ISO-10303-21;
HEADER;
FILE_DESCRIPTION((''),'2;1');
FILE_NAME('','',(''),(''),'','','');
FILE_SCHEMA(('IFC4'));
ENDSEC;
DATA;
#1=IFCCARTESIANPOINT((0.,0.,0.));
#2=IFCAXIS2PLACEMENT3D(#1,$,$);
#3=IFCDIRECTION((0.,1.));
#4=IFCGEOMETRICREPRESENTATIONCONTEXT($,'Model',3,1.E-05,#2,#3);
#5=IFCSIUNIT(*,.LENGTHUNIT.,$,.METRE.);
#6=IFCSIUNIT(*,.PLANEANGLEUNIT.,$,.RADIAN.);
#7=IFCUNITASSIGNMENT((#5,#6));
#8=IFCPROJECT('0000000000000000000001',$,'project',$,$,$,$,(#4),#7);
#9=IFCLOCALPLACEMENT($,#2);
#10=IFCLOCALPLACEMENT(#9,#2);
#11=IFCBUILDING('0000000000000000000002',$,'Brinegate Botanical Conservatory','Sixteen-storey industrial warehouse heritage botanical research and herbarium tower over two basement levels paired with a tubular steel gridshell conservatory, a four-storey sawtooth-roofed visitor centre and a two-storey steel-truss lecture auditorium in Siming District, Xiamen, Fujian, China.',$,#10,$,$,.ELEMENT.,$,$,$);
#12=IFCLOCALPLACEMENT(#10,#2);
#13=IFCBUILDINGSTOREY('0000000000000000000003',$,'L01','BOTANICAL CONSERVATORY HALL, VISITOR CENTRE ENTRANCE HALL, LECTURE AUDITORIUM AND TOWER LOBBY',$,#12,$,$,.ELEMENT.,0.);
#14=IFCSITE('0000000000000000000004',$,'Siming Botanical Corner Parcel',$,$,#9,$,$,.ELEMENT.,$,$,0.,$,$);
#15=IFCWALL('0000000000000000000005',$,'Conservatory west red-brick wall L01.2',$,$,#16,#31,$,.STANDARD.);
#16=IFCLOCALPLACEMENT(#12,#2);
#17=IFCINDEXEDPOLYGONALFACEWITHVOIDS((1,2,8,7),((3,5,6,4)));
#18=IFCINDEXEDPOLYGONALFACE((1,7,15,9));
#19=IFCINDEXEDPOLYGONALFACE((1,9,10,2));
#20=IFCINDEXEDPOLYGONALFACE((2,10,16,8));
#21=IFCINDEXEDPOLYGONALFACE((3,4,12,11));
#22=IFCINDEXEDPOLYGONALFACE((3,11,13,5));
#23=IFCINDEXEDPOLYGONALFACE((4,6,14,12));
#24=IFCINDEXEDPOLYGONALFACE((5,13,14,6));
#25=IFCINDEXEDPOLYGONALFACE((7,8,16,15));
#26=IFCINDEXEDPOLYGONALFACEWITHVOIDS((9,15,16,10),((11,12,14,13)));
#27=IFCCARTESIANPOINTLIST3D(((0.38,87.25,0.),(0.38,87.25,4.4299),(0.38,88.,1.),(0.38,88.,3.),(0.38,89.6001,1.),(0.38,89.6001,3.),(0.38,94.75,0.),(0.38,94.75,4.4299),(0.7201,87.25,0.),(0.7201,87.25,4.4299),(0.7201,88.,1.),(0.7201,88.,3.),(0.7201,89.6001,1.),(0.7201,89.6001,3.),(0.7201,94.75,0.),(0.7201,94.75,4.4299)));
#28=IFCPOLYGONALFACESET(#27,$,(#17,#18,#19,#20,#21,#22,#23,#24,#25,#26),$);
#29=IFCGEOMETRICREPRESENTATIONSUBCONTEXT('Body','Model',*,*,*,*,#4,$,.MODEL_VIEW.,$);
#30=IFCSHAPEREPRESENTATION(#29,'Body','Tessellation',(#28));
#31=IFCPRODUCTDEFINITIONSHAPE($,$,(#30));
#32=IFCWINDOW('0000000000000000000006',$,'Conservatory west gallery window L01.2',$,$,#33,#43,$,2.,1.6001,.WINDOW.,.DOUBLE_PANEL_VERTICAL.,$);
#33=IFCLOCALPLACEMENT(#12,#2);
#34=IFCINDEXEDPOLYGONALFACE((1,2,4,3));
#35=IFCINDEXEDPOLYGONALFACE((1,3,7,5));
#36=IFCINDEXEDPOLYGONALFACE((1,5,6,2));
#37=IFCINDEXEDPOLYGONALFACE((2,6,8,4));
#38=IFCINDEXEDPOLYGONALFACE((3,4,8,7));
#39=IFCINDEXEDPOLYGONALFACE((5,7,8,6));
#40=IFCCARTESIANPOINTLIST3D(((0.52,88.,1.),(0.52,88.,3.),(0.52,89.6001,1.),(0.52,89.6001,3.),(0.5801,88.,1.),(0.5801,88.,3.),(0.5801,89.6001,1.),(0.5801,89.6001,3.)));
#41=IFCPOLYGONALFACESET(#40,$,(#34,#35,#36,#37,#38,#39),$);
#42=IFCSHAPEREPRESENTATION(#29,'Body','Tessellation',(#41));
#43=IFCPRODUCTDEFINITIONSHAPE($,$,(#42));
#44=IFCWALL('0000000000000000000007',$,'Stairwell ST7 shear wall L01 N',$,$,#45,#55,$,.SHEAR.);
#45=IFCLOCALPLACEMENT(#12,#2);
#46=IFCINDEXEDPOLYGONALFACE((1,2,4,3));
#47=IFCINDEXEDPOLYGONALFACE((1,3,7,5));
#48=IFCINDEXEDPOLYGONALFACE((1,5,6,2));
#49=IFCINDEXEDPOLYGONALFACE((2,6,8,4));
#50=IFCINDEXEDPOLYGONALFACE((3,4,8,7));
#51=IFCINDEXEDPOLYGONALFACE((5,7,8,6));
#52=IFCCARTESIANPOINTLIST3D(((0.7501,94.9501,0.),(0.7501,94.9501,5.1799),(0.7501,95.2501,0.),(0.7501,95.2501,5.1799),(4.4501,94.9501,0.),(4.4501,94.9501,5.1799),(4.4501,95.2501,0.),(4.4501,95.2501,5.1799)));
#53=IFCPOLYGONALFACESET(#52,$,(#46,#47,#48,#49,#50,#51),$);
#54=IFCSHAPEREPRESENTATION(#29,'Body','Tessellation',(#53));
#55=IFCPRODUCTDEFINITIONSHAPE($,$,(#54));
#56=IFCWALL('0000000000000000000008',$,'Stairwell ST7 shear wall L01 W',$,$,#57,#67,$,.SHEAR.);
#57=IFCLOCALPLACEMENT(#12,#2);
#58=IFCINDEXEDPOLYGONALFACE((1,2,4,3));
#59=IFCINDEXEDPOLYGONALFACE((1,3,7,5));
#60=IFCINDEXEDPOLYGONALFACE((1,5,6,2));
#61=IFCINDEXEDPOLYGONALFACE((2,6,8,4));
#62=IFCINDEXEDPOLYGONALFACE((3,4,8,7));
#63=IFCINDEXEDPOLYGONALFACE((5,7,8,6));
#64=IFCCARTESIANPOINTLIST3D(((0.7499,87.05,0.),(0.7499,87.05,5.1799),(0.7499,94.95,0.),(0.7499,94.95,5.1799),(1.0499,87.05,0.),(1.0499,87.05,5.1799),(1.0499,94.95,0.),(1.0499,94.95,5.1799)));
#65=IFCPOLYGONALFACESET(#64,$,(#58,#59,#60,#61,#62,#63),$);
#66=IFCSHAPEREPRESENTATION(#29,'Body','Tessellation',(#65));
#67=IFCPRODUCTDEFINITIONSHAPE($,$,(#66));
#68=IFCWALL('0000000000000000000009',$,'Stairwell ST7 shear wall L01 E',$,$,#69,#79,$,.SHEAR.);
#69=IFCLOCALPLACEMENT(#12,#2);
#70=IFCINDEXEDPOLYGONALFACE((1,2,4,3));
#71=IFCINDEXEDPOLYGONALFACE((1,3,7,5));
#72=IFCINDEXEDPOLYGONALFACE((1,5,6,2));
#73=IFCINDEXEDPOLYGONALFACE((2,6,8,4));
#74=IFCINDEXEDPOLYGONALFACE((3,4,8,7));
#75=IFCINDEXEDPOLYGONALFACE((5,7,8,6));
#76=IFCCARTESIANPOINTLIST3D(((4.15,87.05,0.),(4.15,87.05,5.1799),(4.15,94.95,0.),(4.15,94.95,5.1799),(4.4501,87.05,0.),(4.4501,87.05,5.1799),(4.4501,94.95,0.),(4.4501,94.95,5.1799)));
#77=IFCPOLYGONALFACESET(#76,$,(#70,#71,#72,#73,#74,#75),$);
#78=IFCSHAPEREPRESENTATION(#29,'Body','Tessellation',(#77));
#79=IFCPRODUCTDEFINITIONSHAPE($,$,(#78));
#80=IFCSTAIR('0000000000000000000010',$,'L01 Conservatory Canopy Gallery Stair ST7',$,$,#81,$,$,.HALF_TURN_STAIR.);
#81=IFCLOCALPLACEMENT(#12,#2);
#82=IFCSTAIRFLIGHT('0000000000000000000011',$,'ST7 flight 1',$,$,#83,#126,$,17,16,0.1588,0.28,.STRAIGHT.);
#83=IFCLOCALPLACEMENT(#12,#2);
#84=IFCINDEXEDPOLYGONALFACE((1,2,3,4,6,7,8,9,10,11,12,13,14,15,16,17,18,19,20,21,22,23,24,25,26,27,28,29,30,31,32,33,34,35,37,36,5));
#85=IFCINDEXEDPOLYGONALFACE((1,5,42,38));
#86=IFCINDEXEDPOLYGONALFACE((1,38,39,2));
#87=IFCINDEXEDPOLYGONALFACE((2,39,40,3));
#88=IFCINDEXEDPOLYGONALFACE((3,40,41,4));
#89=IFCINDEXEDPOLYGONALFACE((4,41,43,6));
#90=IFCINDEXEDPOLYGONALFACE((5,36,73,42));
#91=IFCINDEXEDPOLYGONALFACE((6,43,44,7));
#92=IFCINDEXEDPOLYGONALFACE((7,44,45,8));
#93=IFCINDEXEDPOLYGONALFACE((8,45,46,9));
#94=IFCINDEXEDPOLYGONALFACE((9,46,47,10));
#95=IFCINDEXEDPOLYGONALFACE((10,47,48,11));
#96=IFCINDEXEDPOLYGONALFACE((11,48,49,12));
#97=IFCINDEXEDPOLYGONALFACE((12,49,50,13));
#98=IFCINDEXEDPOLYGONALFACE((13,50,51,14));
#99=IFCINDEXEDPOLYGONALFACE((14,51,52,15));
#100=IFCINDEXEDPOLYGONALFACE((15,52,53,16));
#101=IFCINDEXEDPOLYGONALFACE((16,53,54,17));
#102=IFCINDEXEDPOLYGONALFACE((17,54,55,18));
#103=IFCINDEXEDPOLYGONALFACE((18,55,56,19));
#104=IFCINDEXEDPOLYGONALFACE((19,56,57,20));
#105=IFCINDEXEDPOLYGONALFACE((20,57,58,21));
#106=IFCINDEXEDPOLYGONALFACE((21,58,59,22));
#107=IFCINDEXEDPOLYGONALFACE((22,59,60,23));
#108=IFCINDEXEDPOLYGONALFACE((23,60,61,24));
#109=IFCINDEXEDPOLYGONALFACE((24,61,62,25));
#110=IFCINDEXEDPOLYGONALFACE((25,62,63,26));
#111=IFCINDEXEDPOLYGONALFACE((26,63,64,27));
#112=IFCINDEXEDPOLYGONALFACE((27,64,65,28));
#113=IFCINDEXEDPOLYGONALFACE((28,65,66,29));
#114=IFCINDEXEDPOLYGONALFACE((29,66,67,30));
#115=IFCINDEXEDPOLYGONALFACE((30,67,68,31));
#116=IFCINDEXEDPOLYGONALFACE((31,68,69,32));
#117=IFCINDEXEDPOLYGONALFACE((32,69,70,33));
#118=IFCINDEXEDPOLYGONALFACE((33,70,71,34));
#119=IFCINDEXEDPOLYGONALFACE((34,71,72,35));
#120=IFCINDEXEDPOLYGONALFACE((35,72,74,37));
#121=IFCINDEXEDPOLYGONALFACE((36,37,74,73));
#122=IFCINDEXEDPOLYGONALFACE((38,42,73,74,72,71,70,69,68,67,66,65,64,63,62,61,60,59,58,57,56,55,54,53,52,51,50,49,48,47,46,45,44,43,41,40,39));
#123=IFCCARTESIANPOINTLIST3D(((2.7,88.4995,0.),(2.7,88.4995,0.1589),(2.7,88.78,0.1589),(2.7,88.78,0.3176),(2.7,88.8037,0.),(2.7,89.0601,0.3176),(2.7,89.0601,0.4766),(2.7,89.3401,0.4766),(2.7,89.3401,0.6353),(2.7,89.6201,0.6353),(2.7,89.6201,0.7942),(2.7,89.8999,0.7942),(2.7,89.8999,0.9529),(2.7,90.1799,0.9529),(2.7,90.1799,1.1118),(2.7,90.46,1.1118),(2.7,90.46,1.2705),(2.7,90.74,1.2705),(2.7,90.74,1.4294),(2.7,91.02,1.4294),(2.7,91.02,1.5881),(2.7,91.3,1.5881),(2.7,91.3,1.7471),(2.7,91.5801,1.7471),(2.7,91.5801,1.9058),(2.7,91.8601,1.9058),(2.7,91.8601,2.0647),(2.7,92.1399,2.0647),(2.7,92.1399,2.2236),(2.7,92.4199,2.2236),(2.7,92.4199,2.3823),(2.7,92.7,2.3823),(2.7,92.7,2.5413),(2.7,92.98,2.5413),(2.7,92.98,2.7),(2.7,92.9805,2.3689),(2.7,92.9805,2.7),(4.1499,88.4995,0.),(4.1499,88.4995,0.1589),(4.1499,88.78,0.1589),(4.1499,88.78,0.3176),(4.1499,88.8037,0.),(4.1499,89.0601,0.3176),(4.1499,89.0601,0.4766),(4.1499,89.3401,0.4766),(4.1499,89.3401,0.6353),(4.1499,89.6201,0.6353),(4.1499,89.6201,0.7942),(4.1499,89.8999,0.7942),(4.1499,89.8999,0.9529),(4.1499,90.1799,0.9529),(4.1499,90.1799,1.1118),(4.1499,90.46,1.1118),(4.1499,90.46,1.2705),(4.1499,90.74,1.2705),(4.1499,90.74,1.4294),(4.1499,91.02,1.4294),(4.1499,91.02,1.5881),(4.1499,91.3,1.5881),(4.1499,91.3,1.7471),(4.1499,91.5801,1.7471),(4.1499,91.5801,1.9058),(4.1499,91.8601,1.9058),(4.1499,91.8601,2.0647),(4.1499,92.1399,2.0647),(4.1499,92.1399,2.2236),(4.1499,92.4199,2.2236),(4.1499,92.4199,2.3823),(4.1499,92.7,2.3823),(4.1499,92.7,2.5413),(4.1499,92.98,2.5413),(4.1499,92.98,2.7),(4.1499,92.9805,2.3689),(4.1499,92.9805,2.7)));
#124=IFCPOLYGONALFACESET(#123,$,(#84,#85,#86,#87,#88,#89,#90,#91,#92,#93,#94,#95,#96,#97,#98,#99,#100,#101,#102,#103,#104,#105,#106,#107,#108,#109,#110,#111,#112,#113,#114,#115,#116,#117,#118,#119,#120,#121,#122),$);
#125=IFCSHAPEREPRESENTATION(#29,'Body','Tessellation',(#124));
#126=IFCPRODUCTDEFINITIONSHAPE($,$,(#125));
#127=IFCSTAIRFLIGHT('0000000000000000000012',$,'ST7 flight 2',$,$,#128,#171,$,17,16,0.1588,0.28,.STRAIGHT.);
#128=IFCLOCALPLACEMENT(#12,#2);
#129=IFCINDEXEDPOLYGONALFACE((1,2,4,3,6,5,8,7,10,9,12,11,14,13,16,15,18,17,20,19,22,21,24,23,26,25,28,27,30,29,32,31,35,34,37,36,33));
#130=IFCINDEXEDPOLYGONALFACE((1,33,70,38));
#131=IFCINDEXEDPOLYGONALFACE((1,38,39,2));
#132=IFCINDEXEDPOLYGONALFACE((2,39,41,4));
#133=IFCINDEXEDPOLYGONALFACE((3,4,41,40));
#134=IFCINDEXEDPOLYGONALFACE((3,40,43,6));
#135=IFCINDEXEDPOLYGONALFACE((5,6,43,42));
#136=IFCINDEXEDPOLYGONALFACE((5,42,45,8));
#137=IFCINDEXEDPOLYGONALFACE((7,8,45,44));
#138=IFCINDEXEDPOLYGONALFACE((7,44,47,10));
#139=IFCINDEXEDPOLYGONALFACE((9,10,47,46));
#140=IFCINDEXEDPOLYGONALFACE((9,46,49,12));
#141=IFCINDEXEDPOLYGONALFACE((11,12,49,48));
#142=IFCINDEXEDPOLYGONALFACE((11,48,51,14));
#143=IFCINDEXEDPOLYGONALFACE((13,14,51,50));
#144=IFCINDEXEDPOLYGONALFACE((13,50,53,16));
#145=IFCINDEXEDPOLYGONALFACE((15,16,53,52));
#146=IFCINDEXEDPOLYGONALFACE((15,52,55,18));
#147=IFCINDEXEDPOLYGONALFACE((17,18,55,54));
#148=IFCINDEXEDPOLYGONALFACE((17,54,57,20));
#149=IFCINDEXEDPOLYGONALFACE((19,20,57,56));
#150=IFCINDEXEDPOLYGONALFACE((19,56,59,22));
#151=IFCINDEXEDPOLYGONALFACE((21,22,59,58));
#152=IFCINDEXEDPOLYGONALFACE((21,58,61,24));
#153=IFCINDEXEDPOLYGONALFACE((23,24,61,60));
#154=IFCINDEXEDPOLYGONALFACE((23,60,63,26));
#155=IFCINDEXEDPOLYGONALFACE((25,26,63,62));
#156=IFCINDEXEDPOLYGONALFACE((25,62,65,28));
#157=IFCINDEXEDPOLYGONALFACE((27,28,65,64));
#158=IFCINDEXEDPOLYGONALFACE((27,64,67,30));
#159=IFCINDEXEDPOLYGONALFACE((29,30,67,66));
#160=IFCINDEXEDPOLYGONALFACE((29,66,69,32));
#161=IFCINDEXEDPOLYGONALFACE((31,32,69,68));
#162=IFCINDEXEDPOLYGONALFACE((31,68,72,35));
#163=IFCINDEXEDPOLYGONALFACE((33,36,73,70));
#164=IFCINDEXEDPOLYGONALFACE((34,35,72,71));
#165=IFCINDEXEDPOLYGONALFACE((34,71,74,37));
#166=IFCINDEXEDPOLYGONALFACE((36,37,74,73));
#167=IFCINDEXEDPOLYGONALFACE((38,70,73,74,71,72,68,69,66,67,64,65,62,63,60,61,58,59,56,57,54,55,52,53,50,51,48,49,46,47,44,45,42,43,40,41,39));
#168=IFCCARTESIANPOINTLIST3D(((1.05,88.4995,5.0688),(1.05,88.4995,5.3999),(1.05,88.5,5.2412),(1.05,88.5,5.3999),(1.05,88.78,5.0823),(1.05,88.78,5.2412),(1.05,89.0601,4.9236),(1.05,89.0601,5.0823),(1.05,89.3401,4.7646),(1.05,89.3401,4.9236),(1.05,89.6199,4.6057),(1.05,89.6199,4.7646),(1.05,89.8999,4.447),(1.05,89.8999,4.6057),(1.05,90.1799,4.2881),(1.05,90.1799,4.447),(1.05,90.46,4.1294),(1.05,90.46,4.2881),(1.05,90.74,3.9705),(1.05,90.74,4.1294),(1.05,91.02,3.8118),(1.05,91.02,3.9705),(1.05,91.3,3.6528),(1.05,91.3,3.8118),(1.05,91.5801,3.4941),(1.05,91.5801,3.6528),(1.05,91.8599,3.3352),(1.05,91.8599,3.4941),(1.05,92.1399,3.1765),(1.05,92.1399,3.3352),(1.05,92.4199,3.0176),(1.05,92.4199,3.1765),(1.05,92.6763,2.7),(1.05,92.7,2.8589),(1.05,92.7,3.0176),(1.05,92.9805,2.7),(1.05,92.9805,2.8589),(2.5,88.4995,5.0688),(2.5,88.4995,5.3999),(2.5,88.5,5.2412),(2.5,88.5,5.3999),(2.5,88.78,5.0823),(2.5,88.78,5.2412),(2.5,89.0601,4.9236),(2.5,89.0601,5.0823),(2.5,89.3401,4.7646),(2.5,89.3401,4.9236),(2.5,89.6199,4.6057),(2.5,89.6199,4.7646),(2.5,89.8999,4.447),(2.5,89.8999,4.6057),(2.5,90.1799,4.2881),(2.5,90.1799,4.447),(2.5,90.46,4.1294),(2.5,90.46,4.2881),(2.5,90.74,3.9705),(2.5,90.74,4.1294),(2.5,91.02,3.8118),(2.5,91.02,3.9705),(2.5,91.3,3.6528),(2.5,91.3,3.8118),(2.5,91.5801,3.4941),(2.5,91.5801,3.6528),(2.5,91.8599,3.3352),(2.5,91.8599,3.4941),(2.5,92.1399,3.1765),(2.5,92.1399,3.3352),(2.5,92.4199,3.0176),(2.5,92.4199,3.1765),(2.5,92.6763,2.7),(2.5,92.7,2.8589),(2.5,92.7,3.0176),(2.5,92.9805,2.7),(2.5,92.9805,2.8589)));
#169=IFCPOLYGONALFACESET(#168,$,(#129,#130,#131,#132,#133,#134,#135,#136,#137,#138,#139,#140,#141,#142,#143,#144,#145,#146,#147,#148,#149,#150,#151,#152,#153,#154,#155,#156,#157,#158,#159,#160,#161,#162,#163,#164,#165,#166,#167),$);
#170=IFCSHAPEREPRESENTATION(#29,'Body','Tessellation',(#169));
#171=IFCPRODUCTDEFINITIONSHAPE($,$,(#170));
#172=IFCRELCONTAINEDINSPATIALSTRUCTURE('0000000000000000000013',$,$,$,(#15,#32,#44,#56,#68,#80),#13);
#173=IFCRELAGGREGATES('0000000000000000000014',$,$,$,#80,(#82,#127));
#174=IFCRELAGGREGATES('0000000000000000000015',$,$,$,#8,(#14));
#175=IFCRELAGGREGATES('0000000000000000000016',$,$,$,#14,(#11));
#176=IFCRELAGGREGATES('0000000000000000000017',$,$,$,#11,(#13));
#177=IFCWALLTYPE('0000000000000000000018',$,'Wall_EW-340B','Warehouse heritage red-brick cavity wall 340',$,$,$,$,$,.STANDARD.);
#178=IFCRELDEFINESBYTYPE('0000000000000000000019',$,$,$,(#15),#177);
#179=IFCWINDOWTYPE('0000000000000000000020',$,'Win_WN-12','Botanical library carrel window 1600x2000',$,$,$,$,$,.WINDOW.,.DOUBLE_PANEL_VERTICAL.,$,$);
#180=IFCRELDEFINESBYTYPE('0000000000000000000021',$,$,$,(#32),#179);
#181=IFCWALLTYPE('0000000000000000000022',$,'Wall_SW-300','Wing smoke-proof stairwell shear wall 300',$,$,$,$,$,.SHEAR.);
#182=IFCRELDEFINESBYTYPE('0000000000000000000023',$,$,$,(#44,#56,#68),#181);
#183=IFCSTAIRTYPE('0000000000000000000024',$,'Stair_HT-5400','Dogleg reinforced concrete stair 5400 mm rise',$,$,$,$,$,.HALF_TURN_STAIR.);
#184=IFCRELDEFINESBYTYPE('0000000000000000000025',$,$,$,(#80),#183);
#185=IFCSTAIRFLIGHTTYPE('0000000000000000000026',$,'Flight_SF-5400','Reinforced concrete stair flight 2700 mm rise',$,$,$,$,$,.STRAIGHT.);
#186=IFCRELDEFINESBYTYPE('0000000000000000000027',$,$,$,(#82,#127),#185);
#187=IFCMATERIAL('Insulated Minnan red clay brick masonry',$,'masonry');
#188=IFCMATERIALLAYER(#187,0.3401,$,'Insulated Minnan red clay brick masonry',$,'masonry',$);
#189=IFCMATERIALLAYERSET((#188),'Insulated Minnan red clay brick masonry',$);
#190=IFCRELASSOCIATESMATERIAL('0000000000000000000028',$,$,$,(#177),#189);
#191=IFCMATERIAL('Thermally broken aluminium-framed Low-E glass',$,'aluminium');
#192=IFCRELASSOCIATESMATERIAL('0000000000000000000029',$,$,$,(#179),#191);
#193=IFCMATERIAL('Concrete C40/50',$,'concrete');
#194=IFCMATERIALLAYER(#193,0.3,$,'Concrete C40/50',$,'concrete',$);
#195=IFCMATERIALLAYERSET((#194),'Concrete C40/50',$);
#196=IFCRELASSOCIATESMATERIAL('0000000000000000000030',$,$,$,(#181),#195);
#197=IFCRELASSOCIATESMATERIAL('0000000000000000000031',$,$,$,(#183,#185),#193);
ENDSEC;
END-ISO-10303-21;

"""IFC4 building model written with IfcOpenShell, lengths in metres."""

from ifc_helpers import new_model, si_unit, direction, frame, frame_2d, origin, place, context, subcontext, project, spatial, polyline, rectangle, outline, extrude, material, layer, layer_set, type_object, element, fill, aggregate, save


model = new_model("IFC4")

# Units and contexts
model_context = context("Model", 3, precision=1e-05, world=origin(), true_north=direction((0.0, 1.0)))
body_context = subcontext(model_context, "Body", "Model", "MODEL_VIEW")
ifc_project = project(units=[si_unit("LENGTHUNIT", "METRE"), si_unit("PLANEANGLEUNIT", "RADIAN")], contexts=[model_context])

# Site, building, storey
site_placement = place(None, origin())
site = spatial("IfcSite", under=ifc_project, at=site_placement, Name="Siming Botanical Corner Parcel", CompositionType="ELEMENT", RefElevation=0.0)
building_placement = place(site_placement, origin())
building = spatial("IfcBuilding", under=site, at=building_placement, Name="Brinegate Botanical Conservatory", Description="Sixteen-storey industrial warehouse heritage botanical research and herbarium tower over two basement levels paired with a tubular steel gridshell conservatory, a four-storey sawtooth-roofed visitor centre and a two-storey steel-truss lecture auditorium in Siming District, Xiamen, Fujian, China.", CompositionType="ELEMENT")
storey_placement = place(building_placement, origin())
storey = spatial("IfcBuildingStorey", under=building, at=storey_placement, Name="L01", Description="BOTANICAL CONSERVATORY HALL, VISITOR CENTRE ENTRANCE HALL, LECTURE AUDITORIUM AND TOWER LOBBY", CompositionType="ELEMENT", Elevation=0.0)

# Shared definitions
ifc_material_1 = material(Name="Concrete C40/50", Category="concrete")

# Wall, opening, window
ifc_material_2 = material(Name="Insulated Minnan red clay brick masonry", Category="masonry")
ifc_layer_1 = layer(ifc_material_2, 0.3401, Name="Insulated Minnan red clay brick masonry", Category="masonry")
ifc_layer_set_1 = layer_set([ifc_layer_1], Name="Insulated Minnan red clay brick masonry")
wall_type_1 = type_object("IfcWallType", Name="Wall_EW-340B", Description="Warehouse heritage red-brick cavity wall 340", PredefinedType="STANDARD", material=ifc_layer_set_1)
wall_1_placement = place(storey_placement, frame((0.55, 87.25, 0.0), z_axis=(0.0, 0.0, 1.0), x_axis=(0.0, 1.0, 0.0)))
wall_1 = element("IfcWall", 1, at=wall_1_placement, inside=storey, type_object=wall_type_1, Name="Conservatory west red-brick wall L01.2", PredefinedType="STANDARD", context=body_context, shape_type="SweptSolid", body=[
    extrude(rectangle(XDim=7.5, YDim=0.3401, at=frame_2d((3.75, 0.0))), origin(), (0.0, 0.0, 1.0), 4.4299),
])
opening_1_placement = place(wall_1_placement, frame((0.75, 0.0, 1.0)))
opening_1 = element("IfcOpeningElement", 2, at=opening_1_placement, cuts=wall_1, PredefinedType="OPENING", context=body_context, shape_type="SweptSolid", body=[
    extrude(rectangle(XDim=1.6001, YDim=2.0, at=frame_2d((0.8, 1.0))), frame((0.0, 0.1799, 0.0), z_axis=(0.0, -1.0, 0.0), x_axis=(1.0, 0.0, 0.0)), (0.0, 0.0, 1.0), 0.3601),
])
ifc_material_3 = material(Name="Thermally broken aluminium-framed Low-E glass", Category="aluminium")
window_type = type_object("IfcWindowType", Name="Win_WN-12", Description="Botanical library carrel window 1600x2000", PartitioningType="DOUBLE_PANEL_VERTICAL", PredefinedType="WINDOW", material=ifc_material_3)
window_placement = place(opening_1_placement, origin())
window = element("IfcWindow", 3, at=window_placement, inside=storey, type_object=window_type, Name="Conservatory west gallery window L01.2", OverallHeight=2.0, OverallWidth=1.6001, PartitioningType="DOUBLE_PANEL_VERTICAL", PredefinedType="WINDOW", context=body_context, shape_type="SweptSolid", body=[
    extrude(rectangle(XDim=1.6001, YDim=2.0, at=frame_2d((0.8, 1.0))), frame((0.0, 0.03, 0.0), z_axis=(0.0, -1.0, 0.0), x_axis=(1.0, 0.0, 0.0)), (0.0, 0.0, 1.0), 0.0601),
])
fill(opening_1, window)

# Shared definitions
ifc_layer_2 = layer(ifc_material_1, 0.3, Name="Concrete C40/50", Category="concrete")
ifc_layer_set_2 = layer_set([ifc_layer_2], Name="Concrete C40/50")
wall_type_2 = type_object("IfcWallType", Name="Wall_SW-300", Description="Wing smoke-proof stairwell shear wall 300", PredefinedType="SHEAR", material=ifc_layer_set_2)

# Walls
wall_2_placement = place(storey_placement, frame((0.75, 95.1001, 0.0), z_axis=(0.0, 0.0, 1.0), x_axis=(1.0, 0.0, 0.0)))
element("IfcWall", 4, at=wall_2_placement, inside=storey, type_object=wall_type_2, Name="Stairwell ST7 shear wall L01 N", PredefinedType="SHEAR", context=body_context, shape_type="SweptSolid", body=[
    extrude(rectangle(XDim=3.7, YDim=0.3, at=frame_2d((1.8501, 0.0))), origin(), (0.0, 0.0, 1.0), 5.1799),
])
for number, where, z_axis, x_axis, name in (
    (5, (0.8999, 87.05, 0.0), (0.0, 0.0, 1.0), (0.0, 1.0, 0.0), "Stairwell ST7 shear wall L01 W"),
    (6, (4.3, 87.05, 0.0), (0.0, 0.0, 1.0), (0.0, 1.0, 0.0), "Stairwell ST7 shear wall L01 E"),
):
    element("IfcWall", number, at=place(storey_placement, frame(where, z_axis=z_axis, x_axis=x_axis)), inside=storey, type_object=wall_type_2, Name=name, PredefinedType="SHEAR", context=body_context, shape_type="SweptSolid", body=[
        extrude(rectangle(XDim=7.8999, YDim=0.3, at=frame_2d((3.95, 0.0))), origin(), (0.0, 0.0, 1.0), 5.1799),
    ])

# Stair, stair flights
stair_type = type_object("IfcStairType", Name="Stair_HT-5400", Description="Dogleg reinforced concrete stair 5400 mm rise", PredefinedType="HALF_TURN_STAIR", material=ifc_material_1)
stair_placement = place(storey_placement, origin())
stair = element("IfcStair", 7, at=stair_placement, inside=storey, type_object=stair_type, Name="L01 Conservatory Canopy Gallery Stair ST7", PredefinedType="HALF_TURN_STAIR")
stair_flight_type = type_object("IfcStairFlightType", Name="Flight_SF-5400", Description="Reinforced concrete stair flight 2700 mm rise", PredefinedType="STRAIGHT", material=ifc_material_1)
stair_flight_1_placement = place(storey_placement, frame((3.425, 88.5, 0.0), z_axis=(0.0, 0.0, 1.0), x_axis=(0.0, 1.0, 0.0)))
stair_flight_1 = element("IfcStairFlight", 8, at=stair_flight_1_placement, type_object=stair_flight_type, Name="ST7 flight 1", NumberOfRisers=17, NumberOfTreads=16, PredefinedType="STRAIGHT", RiserHeight=0.1588, TreadLength=0.28, context=body_context, shape_type="SweptSolid", body=[
    extrude(outline(polyline([(-0.0005, 0.0), (-0.0005, 0.1589), (0.28, 0.1589), (0.28, 0.3176), (0.5601, 0.3176), (0.5601, 0.4766), (0.8401, 0.4766), (0.8401, 0.6353), (1.1201, 0.6353), (1.1201, 0.7942), (1.3999, 0.7942), (1.3999, 0.9529), (1.6799, 0.9529), (1.6799, 1.1118), (1.96, 1.1118), (1.96, 1.2705), (2.24, 1.2705), (2.24, 1.4294), (2.52, 1.4294), (2.52, 1.5881), (2.8, 1.5881), (2.8, 1.7471), (3.0801, 1.7471), (3.0801, 1.9058), (3.3601, 1.9058), (3.3601, 2.0647), (3.6399, 2.0647), (3.6399, 2.2236), (3.9199, 2.2236), (3.9199, 2.3823), (4.2, 2.3823), (4.2, 2.5413), (4.48, 2.5413), (4.48, 2.7), (4.4805, 2.7), (4.4805, 2.3689), (0.3037, 0.0), (-0.0005, 0.0)])), frame((0.0, 0.7251, 0.0), z_axis=(0.0, -1.0, 0.0), x_axis=(1.0, 0.0, 0.0)), (0.0, 0.0, 1.0), 1.45),
])
stair_flight_2_placement = place(storey_placement, frame((1.7749, 92.98, 2.7), z_axis=(0.0, 0.0, 1.0), x_axis=(0.0, -1.0, 0.0)))
stair_flight_2 = element("IfcStairFlight", 9, at=stair_flight_2_placement, type_object=stair_flight_type, Name="ST7 flight 2", NumberOfRisers=17, NumberOfTreads=16, PredefinedType="STRAIGHT", RiserHeight=0.1588, TreadLength=0.28, context=body_context, shape_type="SweptSolid", body=[
    extrude(outline(polyline([(-0.0005, 0.0), (-0.0005, 0.1589), (0.28, 0.1589), (0.28, 0.3176), (0.5601, 0.3176), (0.5601, 0.4766), (0.8401, 0.4766), (0.8401, 0.6353), (1.1201, 0.6353), (1.1201, 0.7942), (1.3999, 0.7942), (1.3999, 0.9529), (1.6799, 0.9529), (1.6799, 1.1118), (1.96, 1.1118), (1.96, 1.2705), (2.24, 1.2705), (2.24, 1.4294), (2.52, 1.4294), (2.52, 1.5881), (2.8, 1.5881), (2.8, 1.7471), (3.0801, 1.7471), (3.0801, 1.9058), (3.3601, 1.9058), (3.3601, 2.0647), (3.6399, 2.0647), (3.6399, 2.2236), (3.9199, 2.2236), (3.9199, 2.3823), (4.2, 2.3823), (4.2, 2.5413), (4.48, 2.5413), (4.48, 2.7), (4.4805, 2.7), (4.4805, 2.3689), (0.3037, 0.0), (-0.0005, 0.0)])), frame((0.0, 0.7251, 0.0), z_axis=(0.0, -1.0, 0.0), x_axis=(1.0, 0.0, 0.0)), (0.0, 0.0, 1.0), 1.45),
])
aggregate(stair, [stair_flight_1, stair_flight_2])

save(model, "model.ifc")
